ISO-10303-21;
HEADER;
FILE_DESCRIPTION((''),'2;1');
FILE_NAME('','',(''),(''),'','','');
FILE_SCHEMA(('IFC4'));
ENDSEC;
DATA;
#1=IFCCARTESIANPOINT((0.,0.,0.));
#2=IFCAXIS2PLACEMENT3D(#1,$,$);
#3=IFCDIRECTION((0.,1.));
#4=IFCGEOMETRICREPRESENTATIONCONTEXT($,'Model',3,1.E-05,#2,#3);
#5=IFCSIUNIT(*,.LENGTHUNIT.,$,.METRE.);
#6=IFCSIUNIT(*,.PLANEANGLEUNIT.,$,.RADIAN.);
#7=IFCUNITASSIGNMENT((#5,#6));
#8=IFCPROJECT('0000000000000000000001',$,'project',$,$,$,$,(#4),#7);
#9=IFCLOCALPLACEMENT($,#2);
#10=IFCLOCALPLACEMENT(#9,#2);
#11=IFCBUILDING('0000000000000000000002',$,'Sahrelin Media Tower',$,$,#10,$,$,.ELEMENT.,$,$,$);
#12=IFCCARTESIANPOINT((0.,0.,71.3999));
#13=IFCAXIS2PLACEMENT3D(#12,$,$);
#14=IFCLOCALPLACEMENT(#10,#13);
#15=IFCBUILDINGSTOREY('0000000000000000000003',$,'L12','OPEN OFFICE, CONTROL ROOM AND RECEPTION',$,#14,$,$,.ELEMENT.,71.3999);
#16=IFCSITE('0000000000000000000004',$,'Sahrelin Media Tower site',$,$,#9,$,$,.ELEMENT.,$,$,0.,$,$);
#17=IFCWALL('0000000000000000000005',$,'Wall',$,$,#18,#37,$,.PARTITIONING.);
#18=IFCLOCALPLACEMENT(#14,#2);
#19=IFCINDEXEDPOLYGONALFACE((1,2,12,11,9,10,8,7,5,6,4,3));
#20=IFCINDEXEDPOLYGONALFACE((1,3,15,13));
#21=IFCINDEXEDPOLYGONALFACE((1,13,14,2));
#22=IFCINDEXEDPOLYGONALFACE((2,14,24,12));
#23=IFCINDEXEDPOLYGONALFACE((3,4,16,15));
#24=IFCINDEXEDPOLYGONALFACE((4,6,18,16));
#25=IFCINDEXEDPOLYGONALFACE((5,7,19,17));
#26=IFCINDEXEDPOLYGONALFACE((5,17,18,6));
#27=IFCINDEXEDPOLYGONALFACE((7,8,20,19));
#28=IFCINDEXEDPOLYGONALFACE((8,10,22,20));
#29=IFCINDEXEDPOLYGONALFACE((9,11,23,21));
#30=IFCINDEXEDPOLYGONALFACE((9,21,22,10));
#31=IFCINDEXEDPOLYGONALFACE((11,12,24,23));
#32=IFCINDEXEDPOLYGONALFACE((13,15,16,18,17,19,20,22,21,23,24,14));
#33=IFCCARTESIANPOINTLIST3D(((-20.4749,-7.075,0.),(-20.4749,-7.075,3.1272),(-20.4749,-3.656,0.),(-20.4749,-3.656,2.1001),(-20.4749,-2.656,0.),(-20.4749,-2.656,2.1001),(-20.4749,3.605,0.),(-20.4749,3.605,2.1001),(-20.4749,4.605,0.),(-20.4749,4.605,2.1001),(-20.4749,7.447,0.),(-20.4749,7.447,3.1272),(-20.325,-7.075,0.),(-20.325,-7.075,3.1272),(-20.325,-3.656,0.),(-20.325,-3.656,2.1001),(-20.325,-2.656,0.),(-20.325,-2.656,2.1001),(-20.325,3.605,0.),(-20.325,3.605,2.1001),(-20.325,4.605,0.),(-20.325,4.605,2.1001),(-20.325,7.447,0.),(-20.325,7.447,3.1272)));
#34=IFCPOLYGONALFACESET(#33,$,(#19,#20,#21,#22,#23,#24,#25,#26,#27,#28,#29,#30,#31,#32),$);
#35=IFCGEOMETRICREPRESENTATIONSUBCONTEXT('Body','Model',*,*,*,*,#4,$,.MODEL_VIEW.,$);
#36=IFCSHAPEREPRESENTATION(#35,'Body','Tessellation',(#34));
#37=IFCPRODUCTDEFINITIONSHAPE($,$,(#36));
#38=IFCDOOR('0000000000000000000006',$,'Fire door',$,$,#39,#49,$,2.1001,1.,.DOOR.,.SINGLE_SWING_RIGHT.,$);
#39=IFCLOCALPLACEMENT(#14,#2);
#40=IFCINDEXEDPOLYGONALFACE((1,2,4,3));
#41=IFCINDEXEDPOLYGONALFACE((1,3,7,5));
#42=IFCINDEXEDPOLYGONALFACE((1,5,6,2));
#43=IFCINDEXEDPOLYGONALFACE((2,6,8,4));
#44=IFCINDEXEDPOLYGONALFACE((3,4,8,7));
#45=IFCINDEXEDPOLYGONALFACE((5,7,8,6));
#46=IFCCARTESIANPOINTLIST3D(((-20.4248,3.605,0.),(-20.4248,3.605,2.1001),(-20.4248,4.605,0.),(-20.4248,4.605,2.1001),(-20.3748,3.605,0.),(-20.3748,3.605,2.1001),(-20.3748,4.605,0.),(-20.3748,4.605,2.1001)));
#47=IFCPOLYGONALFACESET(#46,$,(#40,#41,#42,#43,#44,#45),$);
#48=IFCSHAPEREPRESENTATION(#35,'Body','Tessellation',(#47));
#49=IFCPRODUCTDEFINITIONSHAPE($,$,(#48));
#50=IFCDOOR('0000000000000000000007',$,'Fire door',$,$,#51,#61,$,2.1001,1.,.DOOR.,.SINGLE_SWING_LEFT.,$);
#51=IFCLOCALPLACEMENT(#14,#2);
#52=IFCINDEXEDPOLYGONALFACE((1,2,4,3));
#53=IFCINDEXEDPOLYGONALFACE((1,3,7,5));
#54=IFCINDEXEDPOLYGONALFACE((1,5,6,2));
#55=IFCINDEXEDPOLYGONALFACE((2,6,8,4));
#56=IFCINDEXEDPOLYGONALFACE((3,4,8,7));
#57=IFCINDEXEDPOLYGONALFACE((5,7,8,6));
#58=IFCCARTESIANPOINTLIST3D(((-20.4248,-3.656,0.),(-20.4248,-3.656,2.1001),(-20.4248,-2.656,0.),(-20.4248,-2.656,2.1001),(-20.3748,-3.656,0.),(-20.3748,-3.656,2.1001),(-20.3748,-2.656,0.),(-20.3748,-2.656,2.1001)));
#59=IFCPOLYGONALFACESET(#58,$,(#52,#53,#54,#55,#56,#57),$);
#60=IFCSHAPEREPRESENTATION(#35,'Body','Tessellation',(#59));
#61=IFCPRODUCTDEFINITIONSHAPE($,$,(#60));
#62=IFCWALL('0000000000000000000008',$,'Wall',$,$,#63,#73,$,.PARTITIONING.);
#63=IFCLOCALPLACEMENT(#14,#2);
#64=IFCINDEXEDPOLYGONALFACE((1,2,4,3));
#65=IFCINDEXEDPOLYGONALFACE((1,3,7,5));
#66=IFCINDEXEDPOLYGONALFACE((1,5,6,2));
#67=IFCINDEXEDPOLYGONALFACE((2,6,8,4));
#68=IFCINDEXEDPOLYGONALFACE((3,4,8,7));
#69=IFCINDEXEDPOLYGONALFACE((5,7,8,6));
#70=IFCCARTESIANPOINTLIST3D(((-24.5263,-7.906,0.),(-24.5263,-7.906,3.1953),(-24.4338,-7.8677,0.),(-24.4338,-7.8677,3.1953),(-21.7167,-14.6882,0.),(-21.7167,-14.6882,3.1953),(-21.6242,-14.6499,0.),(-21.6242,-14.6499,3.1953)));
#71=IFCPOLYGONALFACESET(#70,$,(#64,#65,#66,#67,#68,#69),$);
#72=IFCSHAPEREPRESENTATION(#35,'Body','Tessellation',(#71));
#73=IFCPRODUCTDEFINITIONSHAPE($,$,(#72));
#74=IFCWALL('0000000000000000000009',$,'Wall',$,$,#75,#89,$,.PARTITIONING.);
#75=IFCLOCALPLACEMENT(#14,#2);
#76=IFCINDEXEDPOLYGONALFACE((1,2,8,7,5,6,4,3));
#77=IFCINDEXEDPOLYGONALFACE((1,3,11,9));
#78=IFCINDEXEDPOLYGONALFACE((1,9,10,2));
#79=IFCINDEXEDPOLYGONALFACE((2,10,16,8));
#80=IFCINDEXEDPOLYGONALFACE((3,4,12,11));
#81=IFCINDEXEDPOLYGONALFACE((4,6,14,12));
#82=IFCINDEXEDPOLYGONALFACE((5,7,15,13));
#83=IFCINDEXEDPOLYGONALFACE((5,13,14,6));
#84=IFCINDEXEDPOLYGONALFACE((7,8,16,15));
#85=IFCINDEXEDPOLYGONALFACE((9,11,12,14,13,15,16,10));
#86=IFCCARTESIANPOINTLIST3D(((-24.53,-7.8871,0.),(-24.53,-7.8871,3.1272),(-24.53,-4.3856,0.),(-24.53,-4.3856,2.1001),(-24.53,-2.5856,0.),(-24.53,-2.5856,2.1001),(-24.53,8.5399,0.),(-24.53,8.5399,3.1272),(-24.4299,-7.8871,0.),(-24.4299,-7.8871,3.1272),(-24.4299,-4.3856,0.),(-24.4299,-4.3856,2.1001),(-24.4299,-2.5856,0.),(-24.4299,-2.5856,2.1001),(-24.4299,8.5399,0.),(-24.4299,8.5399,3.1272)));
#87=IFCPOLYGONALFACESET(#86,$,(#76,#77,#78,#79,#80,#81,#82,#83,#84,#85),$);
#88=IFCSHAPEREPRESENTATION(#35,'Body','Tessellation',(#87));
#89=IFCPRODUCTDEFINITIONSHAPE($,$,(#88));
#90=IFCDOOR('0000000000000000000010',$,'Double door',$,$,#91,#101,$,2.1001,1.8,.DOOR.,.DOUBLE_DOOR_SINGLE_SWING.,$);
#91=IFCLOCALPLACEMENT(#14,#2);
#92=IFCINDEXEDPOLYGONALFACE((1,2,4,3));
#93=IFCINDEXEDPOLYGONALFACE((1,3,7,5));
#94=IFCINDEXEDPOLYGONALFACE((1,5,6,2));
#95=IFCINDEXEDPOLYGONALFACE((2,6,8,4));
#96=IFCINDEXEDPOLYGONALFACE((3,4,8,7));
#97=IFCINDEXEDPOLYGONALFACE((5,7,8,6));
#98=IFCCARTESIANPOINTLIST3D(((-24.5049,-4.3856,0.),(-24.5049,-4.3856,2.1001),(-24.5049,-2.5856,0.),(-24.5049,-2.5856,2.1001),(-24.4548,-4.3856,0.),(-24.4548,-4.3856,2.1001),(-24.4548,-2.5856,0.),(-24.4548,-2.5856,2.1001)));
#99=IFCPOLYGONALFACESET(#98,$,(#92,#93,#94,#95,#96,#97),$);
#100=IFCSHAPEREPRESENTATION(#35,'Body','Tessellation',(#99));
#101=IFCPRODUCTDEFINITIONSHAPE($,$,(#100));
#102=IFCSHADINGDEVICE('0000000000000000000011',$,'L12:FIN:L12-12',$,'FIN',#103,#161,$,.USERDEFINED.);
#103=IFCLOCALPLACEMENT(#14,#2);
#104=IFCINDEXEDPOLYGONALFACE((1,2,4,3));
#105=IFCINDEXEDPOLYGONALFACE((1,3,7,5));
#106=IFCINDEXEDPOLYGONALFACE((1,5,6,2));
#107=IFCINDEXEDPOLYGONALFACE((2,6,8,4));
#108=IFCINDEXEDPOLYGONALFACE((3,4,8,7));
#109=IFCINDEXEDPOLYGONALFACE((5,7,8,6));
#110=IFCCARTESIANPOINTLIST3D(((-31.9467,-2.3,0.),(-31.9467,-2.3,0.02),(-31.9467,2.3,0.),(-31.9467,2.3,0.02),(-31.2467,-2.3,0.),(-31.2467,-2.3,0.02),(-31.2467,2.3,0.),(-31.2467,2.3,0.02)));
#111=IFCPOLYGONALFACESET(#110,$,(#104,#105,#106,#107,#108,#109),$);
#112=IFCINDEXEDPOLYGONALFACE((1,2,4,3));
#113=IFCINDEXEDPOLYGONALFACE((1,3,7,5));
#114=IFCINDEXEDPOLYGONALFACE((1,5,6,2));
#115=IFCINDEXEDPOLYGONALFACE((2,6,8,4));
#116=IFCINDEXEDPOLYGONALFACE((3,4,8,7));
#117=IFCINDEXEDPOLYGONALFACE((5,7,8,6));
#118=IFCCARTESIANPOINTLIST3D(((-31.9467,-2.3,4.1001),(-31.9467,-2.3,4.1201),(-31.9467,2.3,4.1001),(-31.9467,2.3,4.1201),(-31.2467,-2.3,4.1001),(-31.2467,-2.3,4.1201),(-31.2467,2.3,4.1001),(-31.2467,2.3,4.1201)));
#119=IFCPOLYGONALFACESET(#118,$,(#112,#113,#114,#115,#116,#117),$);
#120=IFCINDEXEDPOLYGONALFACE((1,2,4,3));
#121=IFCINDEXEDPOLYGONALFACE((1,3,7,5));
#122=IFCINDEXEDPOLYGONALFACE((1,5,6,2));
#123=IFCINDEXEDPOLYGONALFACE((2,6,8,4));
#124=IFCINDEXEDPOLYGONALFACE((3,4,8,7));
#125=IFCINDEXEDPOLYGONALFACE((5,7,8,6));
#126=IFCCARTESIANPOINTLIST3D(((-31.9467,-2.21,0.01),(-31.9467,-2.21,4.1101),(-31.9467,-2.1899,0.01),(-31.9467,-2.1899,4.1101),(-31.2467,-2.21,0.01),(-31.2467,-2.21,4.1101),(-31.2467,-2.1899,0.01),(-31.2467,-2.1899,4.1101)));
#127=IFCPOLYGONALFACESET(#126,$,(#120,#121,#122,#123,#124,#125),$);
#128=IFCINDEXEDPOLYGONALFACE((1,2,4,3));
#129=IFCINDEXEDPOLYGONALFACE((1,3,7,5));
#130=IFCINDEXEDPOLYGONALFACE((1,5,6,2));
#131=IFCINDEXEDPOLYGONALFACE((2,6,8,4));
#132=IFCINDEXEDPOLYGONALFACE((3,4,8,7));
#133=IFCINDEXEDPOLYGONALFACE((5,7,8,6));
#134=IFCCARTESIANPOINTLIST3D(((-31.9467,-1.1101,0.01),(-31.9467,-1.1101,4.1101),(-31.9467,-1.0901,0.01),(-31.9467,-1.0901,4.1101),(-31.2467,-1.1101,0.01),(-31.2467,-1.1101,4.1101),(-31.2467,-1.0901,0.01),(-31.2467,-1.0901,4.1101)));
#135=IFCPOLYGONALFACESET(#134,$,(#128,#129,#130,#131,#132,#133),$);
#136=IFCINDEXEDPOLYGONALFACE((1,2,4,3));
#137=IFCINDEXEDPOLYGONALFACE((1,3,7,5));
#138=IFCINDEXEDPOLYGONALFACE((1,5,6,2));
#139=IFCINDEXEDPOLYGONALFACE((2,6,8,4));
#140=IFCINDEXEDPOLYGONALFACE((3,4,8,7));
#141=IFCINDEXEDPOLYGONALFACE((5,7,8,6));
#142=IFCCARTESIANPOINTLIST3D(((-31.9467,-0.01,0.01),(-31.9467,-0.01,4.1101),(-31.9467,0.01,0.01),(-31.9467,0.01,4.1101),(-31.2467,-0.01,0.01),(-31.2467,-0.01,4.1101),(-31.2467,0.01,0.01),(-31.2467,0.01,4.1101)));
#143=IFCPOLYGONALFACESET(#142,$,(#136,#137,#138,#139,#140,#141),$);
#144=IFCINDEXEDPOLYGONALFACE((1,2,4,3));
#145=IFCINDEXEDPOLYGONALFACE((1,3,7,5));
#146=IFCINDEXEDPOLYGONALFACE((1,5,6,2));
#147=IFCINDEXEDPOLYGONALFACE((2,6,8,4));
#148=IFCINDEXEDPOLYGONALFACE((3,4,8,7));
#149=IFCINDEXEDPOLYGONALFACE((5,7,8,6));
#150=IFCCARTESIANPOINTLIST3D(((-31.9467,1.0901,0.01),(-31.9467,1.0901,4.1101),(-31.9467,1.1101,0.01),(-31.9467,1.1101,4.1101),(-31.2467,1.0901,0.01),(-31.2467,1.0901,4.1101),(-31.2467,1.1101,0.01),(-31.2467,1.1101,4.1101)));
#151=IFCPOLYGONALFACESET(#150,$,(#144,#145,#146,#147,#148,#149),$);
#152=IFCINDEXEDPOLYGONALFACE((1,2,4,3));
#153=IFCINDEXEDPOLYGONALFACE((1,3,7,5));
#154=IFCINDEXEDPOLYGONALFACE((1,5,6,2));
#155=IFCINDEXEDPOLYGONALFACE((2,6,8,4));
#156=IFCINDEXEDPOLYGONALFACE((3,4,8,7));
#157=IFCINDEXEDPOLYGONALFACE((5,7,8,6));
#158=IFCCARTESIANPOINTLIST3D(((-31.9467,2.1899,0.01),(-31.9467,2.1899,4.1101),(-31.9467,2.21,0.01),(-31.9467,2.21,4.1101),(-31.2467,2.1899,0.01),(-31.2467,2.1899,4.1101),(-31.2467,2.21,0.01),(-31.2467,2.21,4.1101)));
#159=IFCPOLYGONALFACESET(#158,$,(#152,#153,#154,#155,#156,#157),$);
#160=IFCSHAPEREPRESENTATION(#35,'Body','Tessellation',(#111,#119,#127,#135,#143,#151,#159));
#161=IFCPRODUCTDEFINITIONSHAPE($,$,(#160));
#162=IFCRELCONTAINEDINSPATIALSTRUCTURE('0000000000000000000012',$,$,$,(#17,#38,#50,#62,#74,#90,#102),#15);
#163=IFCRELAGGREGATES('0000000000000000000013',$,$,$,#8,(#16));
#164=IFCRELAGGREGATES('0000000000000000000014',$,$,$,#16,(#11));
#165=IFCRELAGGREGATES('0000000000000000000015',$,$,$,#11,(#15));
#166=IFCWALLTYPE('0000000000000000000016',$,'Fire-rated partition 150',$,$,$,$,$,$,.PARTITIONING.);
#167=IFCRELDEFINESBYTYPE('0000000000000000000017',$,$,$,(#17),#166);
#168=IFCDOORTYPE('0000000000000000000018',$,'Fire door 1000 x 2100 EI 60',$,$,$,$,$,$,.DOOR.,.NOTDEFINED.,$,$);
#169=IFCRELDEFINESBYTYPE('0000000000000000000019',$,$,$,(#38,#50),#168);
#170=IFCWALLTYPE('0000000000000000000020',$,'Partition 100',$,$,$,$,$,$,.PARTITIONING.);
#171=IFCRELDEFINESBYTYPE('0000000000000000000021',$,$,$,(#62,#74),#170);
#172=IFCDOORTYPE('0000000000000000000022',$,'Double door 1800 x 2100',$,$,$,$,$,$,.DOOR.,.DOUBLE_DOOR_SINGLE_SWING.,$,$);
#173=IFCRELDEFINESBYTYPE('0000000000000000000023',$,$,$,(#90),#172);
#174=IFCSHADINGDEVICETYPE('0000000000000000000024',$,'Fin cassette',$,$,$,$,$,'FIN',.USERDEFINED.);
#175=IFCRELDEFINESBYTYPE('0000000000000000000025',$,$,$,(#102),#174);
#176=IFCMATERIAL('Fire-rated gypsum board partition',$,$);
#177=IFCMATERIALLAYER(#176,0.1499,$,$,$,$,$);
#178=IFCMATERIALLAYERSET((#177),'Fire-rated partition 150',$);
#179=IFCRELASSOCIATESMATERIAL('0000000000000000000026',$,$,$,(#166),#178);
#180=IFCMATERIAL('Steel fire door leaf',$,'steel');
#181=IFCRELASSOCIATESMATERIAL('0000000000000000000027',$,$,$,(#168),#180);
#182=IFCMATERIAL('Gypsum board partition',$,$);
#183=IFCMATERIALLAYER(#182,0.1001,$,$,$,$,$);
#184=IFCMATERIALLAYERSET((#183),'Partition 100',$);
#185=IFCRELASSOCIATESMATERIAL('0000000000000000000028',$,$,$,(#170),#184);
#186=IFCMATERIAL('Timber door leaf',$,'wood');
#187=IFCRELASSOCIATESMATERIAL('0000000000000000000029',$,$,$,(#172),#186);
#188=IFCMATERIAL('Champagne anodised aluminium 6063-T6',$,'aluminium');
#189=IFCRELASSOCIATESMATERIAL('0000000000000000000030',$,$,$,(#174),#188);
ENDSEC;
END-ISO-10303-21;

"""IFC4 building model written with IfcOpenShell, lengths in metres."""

from ifc_helpers import new_model, si_unit, direction, frame, frame_2d, origin, origin_2d, place, context, subcontext, project, spatial, rectangle, extrude, material, layer, layer_set, type_object, element, fill, save


model = new_model("IFC4")

# Units and contexts
model_context = context("Model", 3, precision=1e-05, world=origin(), true_north=direction((0.0, 1.0)))
body_context = subcontext(model_context, "Body", "Model", "MODEL_VIEW")
ifc_project = project(units=[si_unit("LENGTHUNIT", "METRE"), si_unit("PLANEANGLEUNIT", "RADIAN")], contexts=[model_context])

# Site, building, storey
site_placement = place(None, origin())
site = spatial("IfcSite", under=ifc_project, at=site_placement, Name="Sahrelin Media Tower site", CompositionType="ELEMENT", RefElevation=0.0)
building_placement = place(site_placement, origin())
building = spatial("IfcBuilding", under=site, at=building_placement, Name="Sahrelin Media Tower", CompositionType="ELEMENT")
storey_placement = place(building_placement, frame((0.0, 0.0, 71.3999)))
storey = spatial("IfcBuildingStorey", under=building, at=storey_placement, Name="L12", Description="OPEN OFFICE, CONTROL ROOM AND RECEPTION", CompositionType="ELEMENT", Elevation=71.3999)

# Shared definitions
ifc_material_1 = material(Name="Champagne anodised aluminium 6063-T6", Category="aluminium")

# Shared definitions
ifc_material_2 = material(Name="Fire-rated gypsum board partition")
ifc_layer_1 = layer(ifc_material_2, 0.1499)
ifc_layer_set_1 = layer_set([ifc_layer_1], Name="Fire-rated partition 150")
wall_type_1 = type_object("IfcWallType", Name="Fire-rated partition 150", PredefinedType="PARTITIONING", material=ifc_layer_set_1)

# Wall, openings, doors
ifc_material_3 = material(Name="Steel fire door leaf", Category="steel")
door_type_1 = type_object("IfcDoorType", Name="Fire door 1000 x 2100 EI 60", OperationType="NOTDEFINED", PredefinedType="DOOR", material=ifc_material_3)
wall_1_placement = place(storey_placement, frame((-20.3999, -7.075, 0.0), z_axis=(0.0, 0.0, 1.0), x_axis=(0.0, 1.0, 0.0)))
wall_1 = element("IfcWall", 1, at=wall_1_placement, inside=storey, type_object=wall_type_1, Name="Wall", PredefinedType="PARTITIONING", context=body_context, shape_type="SweptSolid", body=[
    extrude(rectangle(XDim=14.522, YDim=0.1499, at=frame_2d((7.261, 0.0))), origin(), (0.0, 0.0, 1.0), 3.1272),
])
opening_1_placement = place(wall_1_placement, frame((10.6799, 0.0, 0.0)))
opening_1 = element("IfcOpeningElement", 2, at=opening_1_placement, cuts=wall_1, PredefinedType="OPENING", context=body_context, shape_type="SweptSolid", body=[
    extrude(rectangle(XDim=1.0, YDim=2.1001, at=frame_2d((0.5, 1.05))), frame((0.0, 0.075, 0.0), z_axis=(0.0, -1.0, 0.0), x_axis=(1.0, 0.0, 0.0)), (0.0, 0.0, 1.0), 0.1499),
])
opening_2_placement = place(wall_1_placement, frame((3.4189, 0.0, 0.0)))
opening_2 = element("IfcOpeningElement", 3, at=opening_2_placement, cuts=wall_1, PredefinedType="OPENING", context=body_context, shape_type="SweptSolid", body=[
    extrude(rectangle(XDim=1.0, YDim=2.1001, at=frame_2d((0.5, 1.05))), frame((0.0, 0.075, 0.0), z_axis=(0.0, -1.0, 0.0), x_axis=(1.0, 0.0, 0.0)), (0.0, 0.0, 1.0), 0.1499),
])
door_1_placement = place(opening_1_placement, origin())
door_1 = element("IfcDoor", 4, at=door_1_placement, inside=storey, type_object=door_type_1, Name="Fire door", OperationType="SINGLE_SWING_RIGHT", OverallHeight=2.1001, OverallWidth=1.0, PredefinedType="DOOR", context=body_context, shape_type="SweptSolid", body=[
    extrude(rectangle(XDim=1.0, YDim=2.1001, at=frame_2d((0.5, 1.05))), frame((0.0, 0.0249, 0.0), z_axis=(0.0, -1.0, 0.0), x_axis=(1.0, 0.0, 0.0)), (0.0, 0.0, 1.0), 0.05),
])
fill(opening_1, door_1)
door_2_placement = place(opening_2_placement, origin())
door_2 = element("IfcDoor", 5, at=door_2_placement, inside=storey, type_object=door_type_1, Name="Fire door", OperationType="SINGLE_SWING_LEFT", OverallHeight=2.1001, OverallWidth=1.0, PredefinedType="DOOR", context=body_context, shape_type="SweptSolid", body=[
    extrude(rectangle(XDim=1.0, YDim=2.1001, at=frame_2d((0.5, 1.05))), frame((0.0, 0.0249, 0.0), z_axis=(0.0, -1.0, 0.0), x_axis=(1.0, 0.0, 0.0)), (0.0, 0.0, 1.0), 0.05),
])
fill(opening_2, door_2)

# Wall
ifc_material_4 = material(Name="Gypsum board partition")
ifc_layer_2 = layer(ifc_material_4, 0.1001)
ifc_layer_set_2 = layer_set([ifc_layer_2], Name="Partition 100")
wall_type_2 = type_object("IfcWallType", Name="Partition 100", PredefinedType="PARTITIONING", material=ifc_layer_set_2)
wall_2_placement = place(storey_placement, frame((-24.48, -7.887, 0.0), z_axis=(0.0, 0.0, 1.0), x_axis=(0.382716, -0.923866, 0.0)))
element("IfcWall", 6, at=wall_2_placement, inside=storey, type_object=wall_type_2, Name="Wall", PredefinedType="PARTITIONING", context=body_context, shape_type="SweptSolid", body=[
    extrude(rectangle(XDim=7.3411, YDim=0.1001, at=frame_2d((3.6704, 0.0))), origin(), (0.0, 0.0, 1.0), 3.1953),
])

# Wall, opening, door
wall_3_placement = place(storey_placement, frame((-24.48, -7.887, 0.0), z_axis=(0.0, 0.0, 1.0), x_axis=(0.0, 1.0, 0.0)))
wall_3 = element("IfcWall", 7, at=wall_3_placement, inside=storey, type_object=wall_type_2, Name="Wall", PredefinedType="PARTITIONING", context=body_context, shape_type="SweptSolid", body=[
    extrude(rectangle(XDim=16.427, YDim=0.1001, at=frame_2d((8.2134, 0.0))), origin(), (0.0, 0.0, 1.0), 3.1272),
])
opening_3_placement = place(wall_3_placement, frame((3.5015, 0.0, 0.0)))
opening_3 = element("IfcOpeningElement", 8, at=opening_3_placement, cuts=wall_3, PredefinedType="OPENING", context=body_context, shape_type="SweptSolid", body=[
    extrude(rectangle(XDim=1.8, YDim=2.1001, at=frame_2d((0.8999, 1.05))), frame((0.0, 0.05, 0.0), z_axis=(0.0, -1.0, 0.0), x_axis=(1.0, 0.0, 0.0)), (0.0, 0.0, 1.0), 0.1001),
])
ifc_material_5 = material(Name="Timber door leaf", Category="wood")
door_type_2 = type_object("IfcDoorType", Name="Double door 1800 x 2100", OperationType="DOUBLE_DOOR_SINGLE_SWING", PredefinedType="DOOR", material=ifc_material_5)
door_3_placement = place(opening_3_placement, origin())
door_3 = element("IfcDoor", 9, at=door_3_placement, inside=storey, type_object=door_type_2, Name="Double door", OperationType="DOUBLE_DOOR_SINGLE_SWING", OverallHeight=2.1001, OverallWidth=1.8, PredefinedType="DOOR", context=body_context, shape_type="SweptSolid", body=[
    extrude(rectangle(XDim=1.8, YDim=2.1001, at=frame_2d((0.8999, 1.05))), frame((0.0, 0.0249, 0.0), z_axis=(0.0, -1.0, 0.0), x_axis=(1.0, 0.0, 0.0)), (0.0, 0.0, 1.0), 0.05),
])
fill(opening_3, door_3)

# Shading device
shading_device_type_1 = type_object("IfcShadingDeviceType", Name="Fin cassette", ElementType="FIN", PredefinedType="USERDEFINED", material=ifc_material_1)
placement_1 = place(storey_placement, frame((-31.1768, 0.0, 0.0), z_axis=(0.0, 0.0, 1.0), x_axis=(0.0, 1.0, 0.0)))
element("IfcShadingDevice", 10, at=placement_1, inside=storey, type_object=shading_device_type_1, Name="L12:FIN:L12-12", ObjectType="FIN", PredefinedType="USERDEFINED", context=body_context, shape_type="SweptSolid", body=[
    extrude(rectangle(XDim=4.6001, YDim=0.7, at=origin_2d()), frame((0.0, 0.4199, 0.0)), (0.0, 0.0, 1.0), 0.02),
    extrude(rectangle(XDim=4.6001, YDim=0.7, at=origin_2d()), frame((0.0, 0.4199, 4.1001)), (0.0, 0.0, 1.0), 0.02),
    extrude(rectangle(XDim=0.02, YDim=0.7, at=origin_2d()), frame((-2.2, 0.4199, 0.01), z_axis=(0.0, 0.0, 1.0), x_axis=(1.0, 0.0, 0.0)), (0.0, 0.0, 1.0), 4.1001),
    extrude(rectangle(XDim=0.02, YDim=0.7, at=origin_2d()), frame((-1.1001, 0.4199, 0.01), z_axis=(0.0, 0.0, 1.0), x_axis=(1.0, 0.0, 0.0)), (0.0, 0.0, 1.0), 4.1001),
    extrude(rectangle(XDim=0.02, YDim=0.7, at=origin_2d()), frame((0.0, 0.4199, 0.01), z_axis=(0.0, 0.0, 1.0), x_axis=(1.0, 0.0, 0.0)), (0.0, 0.0, 1.0), 4.1001),
    extrude(rectangle(XDim=0.02, YDim=0.7, at=origin_2d()), frame((1.1001, 0.4199, 0.01), z_axis=(0.0, 0.0, 1.0), x_axis=(1.0, 0.0, 0.0)), (0.0, 0.0, 1.0), 4.1001),
    extrude(rectangle(XDim=0.02, YDim=0.7, at=origin_2d()), frame((2.2, 0.4199, 0.01), z_axis=(0.0, 0.0, 1.0), x_axis=(1.0, 0.0, 0.0)), (0.0, 0.0, 1.0), 4.1001),
])

save(model, "model.ifc")
